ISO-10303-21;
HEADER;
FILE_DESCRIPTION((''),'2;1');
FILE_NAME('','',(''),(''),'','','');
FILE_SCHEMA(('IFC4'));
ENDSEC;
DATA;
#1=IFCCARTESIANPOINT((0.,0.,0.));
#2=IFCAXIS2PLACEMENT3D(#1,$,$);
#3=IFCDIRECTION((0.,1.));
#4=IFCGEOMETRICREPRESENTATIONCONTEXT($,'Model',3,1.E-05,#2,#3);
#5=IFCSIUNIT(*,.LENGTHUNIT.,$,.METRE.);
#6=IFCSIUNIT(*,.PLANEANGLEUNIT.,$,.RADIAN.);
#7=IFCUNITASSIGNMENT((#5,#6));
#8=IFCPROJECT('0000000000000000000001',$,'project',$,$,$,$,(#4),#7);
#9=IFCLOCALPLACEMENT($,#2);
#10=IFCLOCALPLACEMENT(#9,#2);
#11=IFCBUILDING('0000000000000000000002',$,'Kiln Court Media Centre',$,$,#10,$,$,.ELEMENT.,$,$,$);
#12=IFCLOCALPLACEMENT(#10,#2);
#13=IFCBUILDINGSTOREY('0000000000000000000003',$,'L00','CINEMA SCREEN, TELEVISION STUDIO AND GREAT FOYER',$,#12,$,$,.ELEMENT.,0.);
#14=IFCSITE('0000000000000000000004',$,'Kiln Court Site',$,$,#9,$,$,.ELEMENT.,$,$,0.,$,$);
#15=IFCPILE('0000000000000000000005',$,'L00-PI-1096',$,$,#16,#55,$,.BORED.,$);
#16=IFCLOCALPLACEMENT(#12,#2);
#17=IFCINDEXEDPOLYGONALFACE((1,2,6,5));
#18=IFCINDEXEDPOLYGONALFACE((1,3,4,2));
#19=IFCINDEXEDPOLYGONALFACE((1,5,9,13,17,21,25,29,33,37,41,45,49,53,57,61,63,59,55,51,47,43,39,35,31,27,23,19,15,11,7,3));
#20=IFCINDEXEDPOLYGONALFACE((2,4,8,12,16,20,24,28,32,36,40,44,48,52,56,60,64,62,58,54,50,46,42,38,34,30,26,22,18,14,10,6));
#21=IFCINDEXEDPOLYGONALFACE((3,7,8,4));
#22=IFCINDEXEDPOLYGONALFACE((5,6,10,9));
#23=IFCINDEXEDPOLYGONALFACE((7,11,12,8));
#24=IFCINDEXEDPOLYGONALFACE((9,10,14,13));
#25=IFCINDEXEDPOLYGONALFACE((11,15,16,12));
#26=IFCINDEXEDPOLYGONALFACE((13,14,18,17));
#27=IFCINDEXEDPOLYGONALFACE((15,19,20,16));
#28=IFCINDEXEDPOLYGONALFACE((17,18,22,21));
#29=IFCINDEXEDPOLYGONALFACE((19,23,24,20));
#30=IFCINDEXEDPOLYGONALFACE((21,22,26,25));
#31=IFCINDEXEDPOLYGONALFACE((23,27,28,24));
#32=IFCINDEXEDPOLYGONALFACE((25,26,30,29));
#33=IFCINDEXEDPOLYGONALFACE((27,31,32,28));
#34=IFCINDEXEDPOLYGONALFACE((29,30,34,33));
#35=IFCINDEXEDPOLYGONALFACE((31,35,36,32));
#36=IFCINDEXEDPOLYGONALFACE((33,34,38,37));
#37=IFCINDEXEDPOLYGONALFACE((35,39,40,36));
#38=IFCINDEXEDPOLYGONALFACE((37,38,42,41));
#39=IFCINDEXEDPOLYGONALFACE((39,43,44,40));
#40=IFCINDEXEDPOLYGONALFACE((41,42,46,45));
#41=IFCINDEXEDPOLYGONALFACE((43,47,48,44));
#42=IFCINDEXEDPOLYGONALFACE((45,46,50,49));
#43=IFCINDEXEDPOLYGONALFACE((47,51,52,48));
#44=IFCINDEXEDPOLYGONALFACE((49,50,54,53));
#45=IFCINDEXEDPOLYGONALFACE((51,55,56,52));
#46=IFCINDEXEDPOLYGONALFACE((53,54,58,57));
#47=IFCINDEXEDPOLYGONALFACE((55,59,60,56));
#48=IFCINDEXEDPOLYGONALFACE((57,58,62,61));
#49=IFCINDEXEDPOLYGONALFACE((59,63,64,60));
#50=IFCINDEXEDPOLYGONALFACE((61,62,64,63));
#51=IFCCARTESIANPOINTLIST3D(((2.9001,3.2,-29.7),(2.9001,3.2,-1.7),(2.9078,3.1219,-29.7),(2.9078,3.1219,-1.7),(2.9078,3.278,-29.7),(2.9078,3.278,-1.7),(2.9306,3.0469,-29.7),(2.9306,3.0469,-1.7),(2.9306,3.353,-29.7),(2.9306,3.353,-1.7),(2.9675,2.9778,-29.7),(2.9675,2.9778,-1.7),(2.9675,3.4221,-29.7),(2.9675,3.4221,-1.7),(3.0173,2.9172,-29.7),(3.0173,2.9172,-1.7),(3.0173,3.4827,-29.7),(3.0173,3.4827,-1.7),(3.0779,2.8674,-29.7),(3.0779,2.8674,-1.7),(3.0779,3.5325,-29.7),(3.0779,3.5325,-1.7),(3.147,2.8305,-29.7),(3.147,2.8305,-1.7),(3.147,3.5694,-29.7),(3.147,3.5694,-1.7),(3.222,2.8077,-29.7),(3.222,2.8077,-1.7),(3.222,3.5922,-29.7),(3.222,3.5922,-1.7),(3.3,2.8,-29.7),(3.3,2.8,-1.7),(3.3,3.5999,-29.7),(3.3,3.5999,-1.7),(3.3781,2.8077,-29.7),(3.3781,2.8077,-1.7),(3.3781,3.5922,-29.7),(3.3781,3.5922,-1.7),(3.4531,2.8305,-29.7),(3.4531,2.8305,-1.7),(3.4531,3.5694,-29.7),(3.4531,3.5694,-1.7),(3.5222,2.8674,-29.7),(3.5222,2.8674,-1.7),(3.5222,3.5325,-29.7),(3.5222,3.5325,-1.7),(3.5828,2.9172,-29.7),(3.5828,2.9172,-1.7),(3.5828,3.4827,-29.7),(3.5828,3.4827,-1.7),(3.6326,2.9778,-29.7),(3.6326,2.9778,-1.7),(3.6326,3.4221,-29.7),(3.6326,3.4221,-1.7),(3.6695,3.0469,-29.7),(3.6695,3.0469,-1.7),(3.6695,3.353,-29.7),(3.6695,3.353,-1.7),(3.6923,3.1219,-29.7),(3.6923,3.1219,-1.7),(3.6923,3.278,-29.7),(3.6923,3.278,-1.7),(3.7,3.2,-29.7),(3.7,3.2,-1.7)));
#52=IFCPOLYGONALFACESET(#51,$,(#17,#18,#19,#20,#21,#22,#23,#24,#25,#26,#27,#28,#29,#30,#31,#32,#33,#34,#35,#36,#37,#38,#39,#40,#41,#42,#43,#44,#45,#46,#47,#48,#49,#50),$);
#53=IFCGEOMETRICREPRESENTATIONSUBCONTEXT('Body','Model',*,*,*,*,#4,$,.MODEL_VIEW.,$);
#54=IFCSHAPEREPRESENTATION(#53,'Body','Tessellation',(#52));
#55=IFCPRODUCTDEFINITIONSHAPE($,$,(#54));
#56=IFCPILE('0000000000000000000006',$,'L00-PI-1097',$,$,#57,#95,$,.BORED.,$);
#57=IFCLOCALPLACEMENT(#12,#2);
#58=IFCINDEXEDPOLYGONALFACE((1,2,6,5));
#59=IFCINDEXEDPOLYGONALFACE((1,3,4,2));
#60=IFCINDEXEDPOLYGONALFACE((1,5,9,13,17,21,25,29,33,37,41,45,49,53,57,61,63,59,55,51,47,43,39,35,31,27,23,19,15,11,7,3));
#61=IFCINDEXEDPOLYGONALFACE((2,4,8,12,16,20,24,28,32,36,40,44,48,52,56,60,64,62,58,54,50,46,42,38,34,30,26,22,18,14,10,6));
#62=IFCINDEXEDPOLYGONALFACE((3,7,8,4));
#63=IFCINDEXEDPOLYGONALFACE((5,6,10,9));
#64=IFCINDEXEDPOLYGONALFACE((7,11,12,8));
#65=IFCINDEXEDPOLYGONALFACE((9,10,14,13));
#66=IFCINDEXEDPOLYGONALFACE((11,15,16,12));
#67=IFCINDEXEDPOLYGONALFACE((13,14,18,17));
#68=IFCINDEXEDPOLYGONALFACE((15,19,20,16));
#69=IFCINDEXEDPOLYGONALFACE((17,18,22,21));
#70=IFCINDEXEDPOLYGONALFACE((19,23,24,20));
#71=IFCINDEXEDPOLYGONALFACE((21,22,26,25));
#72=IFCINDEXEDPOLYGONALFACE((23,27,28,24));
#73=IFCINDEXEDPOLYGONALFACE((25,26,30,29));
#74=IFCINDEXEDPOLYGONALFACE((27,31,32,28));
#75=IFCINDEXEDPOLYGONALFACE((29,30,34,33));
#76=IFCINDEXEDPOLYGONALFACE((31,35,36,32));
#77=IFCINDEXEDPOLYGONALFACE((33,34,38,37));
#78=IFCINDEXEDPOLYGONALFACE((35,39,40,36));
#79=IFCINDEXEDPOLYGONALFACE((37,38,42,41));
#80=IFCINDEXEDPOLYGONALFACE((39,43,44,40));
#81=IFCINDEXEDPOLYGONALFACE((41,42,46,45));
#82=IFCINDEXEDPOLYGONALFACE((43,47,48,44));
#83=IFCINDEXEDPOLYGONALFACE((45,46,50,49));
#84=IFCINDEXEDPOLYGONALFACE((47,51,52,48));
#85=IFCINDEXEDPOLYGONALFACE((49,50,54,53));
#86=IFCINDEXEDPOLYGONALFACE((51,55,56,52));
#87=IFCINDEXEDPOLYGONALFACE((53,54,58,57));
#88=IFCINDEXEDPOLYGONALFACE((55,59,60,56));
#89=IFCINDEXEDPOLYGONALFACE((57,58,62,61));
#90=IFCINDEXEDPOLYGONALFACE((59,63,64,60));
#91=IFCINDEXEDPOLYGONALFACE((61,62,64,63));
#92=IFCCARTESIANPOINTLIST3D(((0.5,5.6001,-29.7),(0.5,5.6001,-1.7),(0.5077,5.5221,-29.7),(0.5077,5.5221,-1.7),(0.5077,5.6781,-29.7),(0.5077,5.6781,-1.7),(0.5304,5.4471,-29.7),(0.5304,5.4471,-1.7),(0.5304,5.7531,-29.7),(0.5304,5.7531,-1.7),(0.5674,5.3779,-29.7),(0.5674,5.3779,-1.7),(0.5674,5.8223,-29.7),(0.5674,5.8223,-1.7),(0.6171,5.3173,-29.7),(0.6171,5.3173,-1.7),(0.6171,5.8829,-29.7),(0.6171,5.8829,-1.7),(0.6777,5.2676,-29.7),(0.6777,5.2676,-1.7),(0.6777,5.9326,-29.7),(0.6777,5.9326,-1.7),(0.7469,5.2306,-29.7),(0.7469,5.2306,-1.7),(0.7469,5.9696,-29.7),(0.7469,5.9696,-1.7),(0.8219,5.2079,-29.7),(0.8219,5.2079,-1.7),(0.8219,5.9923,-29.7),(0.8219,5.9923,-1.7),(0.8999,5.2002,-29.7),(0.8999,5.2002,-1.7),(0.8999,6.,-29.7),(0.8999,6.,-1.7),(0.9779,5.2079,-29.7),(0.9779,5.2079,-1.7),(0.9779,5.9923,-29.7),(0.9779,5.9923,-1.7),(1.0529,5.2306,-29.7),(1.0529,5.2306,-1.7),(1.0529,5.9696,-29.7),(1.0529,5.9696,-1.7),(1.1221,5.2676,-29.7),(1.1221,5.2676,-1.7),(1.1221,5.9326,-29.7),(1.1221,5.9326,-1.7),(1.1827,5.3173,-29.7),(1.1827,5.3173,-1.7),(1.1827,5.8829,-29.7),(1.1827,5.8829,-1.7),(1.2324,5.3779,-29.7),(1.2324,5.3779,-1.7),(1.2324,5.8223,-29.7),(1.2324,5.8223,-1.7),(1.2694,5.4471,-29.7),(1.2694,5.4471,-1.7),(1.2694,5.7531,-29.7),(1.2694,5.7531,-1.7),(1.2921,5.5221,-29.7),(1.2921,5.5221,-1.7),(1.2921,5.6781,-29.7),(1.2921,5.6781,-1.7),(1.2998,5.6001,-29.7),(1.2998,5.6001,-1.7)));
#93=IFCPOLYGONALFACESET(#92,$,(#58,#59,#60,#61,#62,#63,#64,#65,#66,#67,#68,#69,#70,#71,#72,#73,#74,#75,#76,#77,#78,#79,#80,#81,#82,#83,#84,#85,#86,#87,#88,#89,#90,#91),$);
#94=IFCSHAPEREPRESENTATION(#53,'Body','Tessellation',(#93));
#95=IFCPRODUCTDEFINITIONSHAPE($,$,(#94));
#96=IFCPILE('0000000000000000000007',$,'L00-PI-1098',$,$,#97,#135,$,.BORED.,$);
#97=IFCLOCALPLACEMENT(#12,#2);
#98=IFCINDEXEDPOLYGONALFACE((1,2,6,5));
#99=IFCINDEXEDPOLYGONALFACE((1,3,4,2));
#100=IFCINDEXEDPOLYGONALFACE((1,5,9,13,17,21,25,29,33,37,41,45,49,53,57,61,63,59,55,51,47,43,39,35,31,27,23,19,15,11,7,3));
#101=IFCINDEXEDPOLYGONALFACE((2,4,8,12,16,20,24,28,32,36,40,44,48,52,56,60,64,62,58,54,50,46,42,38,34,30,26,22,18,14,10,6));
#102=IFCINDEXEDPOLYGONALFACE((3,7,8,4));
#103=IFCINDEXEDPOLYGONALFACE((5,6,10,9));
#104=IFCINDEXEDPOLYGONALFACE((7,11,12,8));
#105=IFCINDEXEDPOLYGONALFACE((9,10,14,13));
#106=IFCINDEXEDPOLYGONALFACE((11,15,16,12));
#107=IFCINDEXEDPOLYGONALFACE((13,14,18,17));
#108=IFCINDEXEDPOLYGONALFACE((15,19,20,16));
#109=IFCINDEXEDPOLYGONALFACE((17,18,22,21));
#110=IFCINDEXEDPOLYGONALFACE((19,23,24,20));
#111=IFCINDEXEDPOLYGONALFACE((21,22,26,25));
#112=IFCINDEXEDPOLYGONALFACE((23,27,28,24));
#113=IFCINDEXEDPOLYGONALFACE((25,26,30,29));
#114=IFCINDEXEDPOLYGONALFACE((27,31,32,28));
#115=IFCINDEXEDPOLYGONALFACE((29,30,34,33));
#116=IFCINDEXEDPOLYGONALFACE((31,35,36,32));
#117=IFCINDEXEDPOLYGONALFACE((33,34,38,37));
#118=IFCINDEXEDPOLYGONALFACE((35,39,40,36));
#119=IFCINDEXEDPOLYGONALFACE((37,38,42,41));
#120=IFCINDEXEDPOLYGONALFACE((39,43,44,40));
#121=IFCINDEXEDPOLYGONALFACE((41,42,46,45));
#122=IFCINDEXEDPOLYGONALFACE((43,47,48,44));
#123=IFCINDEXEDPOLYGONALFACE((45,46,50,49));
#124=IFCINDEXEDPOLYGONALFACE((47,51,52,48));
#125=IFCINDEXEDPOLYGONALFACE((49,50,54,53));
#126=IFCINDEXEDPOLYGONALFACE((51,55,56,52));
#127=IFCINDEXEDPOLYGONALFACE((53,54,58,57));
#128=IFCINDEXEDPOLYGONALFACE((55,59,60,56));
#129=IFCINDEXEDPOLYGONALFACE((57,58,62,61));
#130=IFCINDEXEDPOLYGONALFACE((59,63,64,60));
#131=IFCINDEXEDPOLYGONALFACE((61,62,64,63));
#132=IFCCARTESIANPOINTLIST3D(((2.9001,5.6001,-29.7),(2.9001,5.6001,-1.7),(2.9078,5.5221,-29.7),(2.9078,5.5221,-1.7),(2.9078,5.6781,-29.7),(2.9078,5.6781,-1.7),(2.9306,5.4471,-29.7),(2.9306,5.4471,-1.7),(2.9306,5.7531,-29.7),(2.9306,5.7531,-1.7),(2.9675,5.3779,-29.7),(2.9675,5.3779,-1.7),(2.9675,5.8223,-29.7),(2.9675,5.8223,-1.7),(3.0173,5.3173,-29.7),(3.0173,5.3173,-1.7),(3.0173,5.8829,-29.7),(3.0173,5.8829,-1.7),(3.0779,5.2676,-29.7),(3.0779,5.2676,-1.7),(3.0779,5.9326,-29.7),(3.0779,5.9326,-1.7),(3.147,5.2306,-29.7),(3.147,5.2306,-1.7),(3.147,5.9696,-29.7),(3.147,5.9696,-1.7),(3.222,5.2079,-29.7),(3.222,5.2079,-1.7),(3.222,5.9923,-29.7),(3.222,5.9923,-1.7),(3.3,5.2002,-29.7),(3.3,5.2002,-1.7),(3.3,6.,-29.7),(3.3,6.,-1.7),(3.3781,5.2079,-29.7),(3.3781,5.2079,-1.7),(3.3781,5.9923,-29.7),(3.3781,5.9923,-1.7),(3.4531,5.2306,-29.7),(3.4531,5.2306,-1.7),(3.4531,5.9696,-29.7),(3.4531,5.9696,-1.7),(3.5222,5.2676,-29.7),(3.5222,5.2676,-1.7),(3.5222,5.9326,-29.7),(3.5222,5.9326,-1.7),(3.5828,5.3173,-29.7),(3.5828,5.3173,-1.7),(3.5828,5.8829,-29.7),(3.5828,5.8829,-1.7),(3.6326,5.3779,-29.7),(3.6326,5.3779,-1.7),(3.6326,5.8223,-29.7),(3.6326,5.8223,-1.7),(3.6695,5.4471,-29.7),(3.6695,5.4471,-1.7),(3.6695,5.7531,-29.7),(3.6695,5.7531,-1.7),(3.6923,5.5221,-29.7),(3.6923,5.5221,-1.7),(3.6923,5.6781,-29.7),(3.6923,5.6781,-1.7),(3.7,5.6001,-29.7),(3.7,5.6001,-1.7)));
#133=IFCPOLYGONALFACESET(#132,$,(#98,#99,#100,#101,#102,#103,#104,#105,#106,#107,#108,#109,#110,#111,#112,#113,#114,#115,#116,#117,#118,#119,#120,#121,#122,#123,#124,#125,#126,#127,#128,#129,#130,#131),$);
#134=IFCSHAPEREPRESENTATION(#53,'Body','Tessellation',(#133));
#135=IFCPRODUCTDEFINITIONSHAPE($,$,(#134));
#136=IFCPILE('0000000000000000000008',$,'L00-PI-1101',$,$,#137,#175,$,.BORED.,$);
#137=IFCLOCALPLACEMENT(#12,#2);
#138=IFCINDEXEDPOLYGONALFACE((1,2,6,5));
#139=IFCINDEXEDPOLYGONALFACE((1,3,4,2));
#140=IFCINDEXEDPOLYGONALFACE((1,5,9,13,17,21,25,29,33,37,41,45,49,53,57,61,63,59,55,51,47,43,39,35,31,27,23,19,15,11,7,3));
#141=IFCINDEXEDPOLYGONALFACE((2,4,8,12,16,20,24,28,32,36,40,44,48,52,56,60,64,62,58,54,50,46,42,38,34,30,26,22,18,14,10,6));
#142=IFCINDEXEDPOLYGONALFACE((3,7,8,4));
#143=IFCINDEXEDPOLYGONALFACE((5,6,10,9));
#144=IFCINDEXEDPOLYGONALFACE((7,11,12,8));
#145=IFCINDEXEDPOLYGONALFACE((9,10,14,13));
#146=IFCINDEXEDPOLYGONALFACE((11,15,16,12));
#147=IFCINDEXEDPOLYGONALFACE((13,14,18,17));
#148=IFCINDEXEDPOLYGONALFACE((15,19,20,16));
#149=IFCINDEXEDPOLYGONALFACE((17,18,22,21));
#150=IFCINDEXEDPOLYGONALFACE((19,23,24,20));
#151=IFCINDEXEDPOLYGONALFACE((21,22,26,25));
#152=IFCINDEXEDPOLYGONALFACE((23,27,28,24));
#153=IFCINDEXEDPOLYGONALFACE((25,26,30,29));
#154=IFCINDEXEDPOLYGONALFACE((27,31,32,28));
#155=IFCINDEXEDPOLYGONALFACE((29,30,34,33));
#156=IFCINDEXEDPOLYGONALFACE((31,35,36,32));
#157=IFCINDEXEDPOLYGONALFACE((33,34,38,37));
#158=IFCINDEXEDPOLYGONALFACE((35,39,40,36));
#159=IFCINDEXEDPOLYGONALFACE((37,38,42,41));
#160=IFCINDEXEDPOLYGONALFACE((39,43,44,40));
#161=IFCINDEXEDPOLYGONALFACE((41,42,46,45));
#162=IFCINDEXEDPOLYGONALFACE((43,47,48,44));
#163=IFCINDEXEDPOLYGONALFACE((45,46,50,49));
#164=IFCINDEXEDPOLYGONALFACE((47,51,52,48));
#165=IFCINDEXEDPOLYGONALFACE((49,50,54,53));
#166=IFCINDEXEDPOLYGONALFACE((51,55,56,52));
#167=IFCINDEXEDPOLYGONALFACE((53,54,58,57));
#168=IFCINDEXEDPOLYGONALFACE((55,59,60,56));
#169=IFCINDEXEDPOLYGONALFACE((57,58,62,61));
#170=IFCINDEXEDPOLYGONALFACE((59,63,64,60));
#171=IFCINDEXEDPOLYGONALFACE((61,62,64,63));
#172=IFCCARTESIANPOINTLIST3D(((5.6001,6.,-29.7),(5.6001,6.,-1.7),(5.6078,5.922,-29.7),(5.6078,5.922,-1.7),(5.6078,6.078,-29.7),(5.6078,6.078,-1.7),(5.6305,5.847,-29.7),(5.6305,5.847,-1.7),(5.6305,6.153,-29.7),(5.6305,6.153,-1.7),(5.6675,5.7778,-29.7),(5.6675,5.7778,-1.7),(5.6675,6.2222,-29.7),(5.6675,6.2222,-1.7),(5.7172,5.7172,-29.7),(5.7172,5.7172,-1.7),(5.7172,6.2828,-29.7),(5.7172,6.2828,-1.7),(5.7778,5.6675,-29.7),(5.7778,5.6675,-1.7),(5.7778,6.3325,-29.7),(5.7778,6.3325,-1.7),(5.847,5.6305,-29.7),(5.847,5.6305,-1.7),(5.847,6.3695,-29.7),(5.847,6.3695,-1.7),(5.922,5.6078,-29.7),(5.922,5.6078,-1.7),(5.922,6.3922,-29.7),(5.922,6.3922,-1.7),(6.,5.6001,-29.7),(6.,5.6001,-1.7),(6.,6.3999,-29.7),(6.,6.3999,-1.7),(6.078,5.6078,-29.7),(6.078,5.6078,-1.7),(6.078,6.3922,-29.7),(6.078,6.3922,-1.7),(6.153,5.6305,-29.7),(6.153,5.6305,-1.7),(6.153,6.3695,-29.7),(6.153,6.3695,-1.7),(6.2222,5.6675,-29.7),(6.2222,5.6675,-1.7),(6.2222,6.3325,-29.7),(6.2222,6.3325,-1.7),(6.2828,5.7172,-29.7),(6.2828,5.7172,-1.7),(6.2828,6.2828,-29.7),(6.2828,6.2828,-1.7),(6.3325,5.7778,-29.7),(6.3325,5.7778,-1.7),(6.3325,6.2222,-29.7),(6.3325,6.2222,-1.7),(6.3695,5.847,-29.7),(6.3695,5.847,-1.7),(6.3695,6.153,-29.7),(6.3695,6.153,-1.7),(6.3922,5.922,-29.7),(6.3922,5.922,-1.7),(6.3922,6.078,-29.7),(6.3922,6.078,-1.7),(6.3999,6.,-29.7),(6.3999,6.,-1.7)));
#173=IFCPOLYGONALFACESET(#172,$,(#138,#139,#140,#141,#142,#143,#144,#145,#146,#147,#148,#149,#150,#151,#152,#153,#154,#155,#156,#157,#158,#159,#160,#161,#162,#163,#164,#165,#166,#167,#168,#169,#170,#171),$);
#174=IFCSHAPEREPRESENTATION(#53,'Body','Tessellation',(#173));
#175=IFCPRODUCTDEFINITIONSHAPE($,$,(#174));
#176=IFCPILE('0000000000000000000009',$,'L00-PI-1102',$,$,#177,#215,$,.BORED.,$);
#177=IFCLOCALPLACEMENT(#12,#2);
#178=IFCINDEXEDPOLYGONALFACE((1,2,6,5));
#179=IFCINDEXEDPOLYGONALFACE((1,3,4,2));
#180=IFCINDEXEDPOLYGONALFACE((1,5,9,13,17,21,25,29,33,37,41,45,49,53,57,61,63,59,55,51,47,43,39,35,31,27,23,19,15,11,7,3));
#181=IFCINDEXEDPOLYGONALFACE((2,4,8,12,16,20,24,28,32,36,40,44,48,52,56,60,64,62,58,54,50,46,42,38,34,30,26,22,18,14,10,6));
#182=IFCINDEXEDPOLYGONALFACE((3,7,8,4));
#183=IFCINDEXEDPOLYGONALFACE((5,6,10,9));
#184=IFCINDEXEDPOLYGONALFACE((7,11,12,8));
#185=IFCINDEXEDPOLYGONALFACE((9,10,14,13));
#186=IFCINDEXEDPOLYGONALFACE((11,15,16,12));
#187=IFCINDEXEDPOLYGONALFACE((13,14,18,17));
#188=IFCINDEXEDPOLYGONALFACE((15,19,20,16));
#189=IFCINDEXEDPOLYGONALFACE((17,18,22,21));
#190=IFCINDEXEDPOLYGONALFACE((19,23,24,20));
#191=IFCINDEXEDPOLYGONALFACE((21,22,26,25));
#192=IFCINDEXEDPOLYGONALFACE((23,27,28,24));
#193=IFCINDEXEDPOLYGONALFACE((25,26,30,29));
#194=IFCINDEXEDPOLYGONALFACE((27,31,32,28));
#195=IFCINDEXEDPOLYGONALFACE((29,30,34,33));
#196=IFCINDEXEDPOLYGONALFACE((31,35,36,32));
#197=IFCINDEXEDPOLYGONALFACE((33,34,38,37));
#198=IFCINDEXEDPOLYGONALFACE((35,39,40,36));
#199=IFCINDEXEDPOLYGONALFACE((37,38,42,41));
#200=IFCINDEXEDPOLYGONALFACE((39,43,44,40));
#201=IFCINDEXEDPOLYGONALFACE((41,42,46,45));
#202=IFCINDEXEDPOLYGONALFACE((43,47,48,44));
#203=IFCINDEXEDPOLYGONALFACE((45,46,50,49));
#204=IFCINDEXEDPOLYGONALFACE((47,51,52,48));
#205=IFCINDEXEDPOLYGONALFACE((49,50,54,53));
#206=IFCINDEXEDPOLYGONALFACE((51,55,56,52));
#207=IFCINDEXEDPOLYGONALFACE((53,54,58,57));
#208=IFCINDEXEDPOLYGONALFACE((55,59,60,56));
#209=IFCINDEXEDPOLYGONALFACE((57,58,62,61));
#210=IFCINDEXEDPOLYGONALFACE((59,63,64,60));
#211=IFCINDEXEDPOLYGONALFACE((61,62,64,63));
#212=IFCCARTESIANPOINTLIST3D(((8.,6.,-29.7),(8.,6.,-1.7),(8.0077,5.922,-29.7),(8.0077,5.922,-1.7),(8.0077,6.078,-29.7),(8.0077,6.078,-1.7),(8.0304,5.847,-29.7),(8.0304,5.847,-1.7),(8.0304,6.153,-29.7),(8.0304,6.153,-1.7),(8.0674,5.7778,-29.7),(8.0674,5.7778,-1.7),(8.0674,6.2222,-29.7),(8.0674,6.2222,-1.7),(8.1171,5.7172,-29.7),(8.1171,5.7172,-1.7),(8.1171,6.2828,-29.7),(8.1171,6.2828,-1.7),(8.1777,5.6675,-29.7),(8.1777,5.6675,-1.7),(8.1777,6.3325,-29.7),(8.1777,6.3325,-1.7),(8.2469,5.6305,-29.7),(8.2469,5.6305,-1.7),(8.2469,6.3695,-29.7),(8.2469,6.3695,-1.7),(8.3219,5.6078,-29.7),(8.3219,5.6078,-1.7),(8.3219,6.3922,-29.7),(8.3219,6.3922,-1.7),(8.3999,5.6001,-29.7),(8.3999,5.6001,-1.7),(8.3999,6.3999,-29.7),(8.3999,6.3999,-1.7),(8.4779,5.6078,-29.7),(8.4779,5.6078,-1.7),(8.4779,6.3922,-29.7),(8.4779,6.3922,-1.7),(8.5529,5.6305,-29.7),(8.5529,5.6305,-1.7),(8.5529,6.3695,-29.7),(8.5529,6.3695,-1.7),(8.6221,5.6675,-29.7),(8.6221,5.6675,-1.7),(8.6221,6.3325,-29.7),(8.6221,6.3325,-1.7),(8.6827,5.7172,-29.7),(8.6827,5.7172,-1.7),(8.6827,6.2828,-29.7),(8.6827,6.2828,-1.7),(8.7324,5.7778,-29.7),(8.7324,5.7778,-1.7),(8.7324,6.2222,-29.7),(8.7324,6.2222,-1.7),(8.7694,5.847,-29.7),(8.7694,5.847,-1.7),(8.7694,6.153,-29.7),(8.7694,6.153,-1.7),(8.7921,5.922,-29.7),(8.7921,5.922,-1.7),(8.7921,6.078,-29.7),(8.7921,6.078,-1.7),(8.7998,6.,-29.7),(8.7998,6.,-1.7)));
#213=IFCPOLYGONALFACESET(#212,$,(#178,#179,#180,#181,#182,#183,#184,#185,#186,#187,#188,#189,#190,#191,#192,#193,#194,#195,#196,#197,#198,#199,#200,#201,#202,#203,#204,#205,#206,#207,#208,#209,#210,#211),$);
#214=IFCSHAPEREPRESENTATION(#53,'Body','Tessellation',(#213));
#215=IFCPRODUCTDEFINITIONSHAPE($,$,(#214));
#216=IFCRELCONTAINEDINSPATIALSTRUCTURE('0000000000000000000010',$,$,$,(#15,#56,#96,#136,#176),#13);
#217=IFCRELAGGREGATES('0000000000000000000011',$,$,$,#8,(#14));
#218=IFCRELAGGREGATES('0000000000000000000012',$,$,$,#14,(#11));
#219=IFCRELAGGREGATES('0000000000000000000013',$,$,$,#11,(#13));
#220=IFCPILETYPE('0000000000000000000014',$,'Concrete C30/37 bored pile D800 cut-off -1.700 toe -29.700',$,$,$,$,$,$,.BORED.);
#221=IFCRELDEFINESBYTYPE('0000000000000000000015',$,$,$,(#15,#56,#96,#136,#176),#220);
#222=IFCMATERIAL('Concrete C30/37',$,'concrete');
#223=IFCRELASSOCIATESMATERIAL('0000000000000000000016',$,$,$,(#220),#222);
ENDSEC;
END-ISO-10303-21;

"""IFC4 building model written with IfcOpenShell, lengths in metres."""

from ifc_helpers import new_model, si_unit, direction, frame, origin, origin_2d, place, context, subcontext, project, spatial, circle, extrude, material, material_profile, profile_set, type_object, element, save


model = new_model("IFC4")

# Units and contexts
model_context = context("Model", 3, precision=1e-05, world=origin(), true_north=direction((0.0, 1.0)))
body_context = subcontext(model_context, "Body", "Model", "MODEL_VIEW")
ifc_project = project(units=[si_unit("LENGTHUNIT", "METRE"), si_unit("PLANEANGLEUNIT", "RADIAN")], contexts=[model_context])

# Site, building, storey
site_placement = place(None, origin())
site = spatial("IfcSite", under=ifc_project, at=site_placement, Name="Kiln Court Site", CompositionType="ELEMENT", RefElevation=0.0)
building_placement = place(site_placement, origin())
building = spatial("IfcBuilding", under=site, at=building_placement, Name="Kiln Court Media Centre", CompositionType="ELEMENT")
storey_placement = place(building_placement, origin())
storey = spatial("IfcBuildingStorey", under=building, at=storey_placement, Name="L00", Description="CINEMA SCREEN, TELEVISION STUDIO AND GREAT FOYER", CompositionType="ELEMENT", Elevation=0.0)

# Piles
ifc_material_1 = material(Name="Concrete C30/37", Category="concrete")
ifc_material_profile = material_profile(ifc_material_1, circle(Radius=0.3999, at=origin_2d()), Name="PILE D800")
ifc_profile_set = profile_set([ifc_material_profile], Name="Concrete C30/37")
pile_type = type_object("IfcPileType", Name="Concrete C30/37 bored pile D800 cut-off -1.700 toe -29.700", PredefinedType="BORED", material=ifc_profile_set)
for number, where, z_axis, x_axis, name in (
    (1, (3.3, 3.2, -1.7), (0.0, 0.0, -1.0), (1.0, 0.0, 0.0), "L00-PI-1096"),
    (2, (0.8999, 5.6001, -1.7), (0.0, 0.0, -1.0), (1.0, 0.0, 0.0), "L00-PI-1097"),
    (3, (3.3, 5.6001, -1.7), (0.0, 0.0, -1.0), (1.0, 0.0, 0.0), "L00-PI-1098"),
    (4, (6.0, 6.0, -1.7), (0.0, 0.0, -1.0), (1.0, 0.0, 0.0), "L00-PI-1101"),
    (5, (8.3999, 6.0, -1.7), (0.0, 0.0, -1.0), (1.0, 0.0, 0.0), "L00-PI-1102"),
):
    element("IfcPile", number, at=place(storey_placement, frame(where, z_axis=z_axis, x_axis=x_axis)), inside=storey, type_object=pile_type, Name=name, PredefinedType="BORED", context=body_context, shape_type="SweptSolid", body=[
        extrude(circle(Radius=0.3999, at=origin_2d()), origin(), (0.0, 0.0, 1.0), 28.0),
    ])

save(model, "model.ifc")
